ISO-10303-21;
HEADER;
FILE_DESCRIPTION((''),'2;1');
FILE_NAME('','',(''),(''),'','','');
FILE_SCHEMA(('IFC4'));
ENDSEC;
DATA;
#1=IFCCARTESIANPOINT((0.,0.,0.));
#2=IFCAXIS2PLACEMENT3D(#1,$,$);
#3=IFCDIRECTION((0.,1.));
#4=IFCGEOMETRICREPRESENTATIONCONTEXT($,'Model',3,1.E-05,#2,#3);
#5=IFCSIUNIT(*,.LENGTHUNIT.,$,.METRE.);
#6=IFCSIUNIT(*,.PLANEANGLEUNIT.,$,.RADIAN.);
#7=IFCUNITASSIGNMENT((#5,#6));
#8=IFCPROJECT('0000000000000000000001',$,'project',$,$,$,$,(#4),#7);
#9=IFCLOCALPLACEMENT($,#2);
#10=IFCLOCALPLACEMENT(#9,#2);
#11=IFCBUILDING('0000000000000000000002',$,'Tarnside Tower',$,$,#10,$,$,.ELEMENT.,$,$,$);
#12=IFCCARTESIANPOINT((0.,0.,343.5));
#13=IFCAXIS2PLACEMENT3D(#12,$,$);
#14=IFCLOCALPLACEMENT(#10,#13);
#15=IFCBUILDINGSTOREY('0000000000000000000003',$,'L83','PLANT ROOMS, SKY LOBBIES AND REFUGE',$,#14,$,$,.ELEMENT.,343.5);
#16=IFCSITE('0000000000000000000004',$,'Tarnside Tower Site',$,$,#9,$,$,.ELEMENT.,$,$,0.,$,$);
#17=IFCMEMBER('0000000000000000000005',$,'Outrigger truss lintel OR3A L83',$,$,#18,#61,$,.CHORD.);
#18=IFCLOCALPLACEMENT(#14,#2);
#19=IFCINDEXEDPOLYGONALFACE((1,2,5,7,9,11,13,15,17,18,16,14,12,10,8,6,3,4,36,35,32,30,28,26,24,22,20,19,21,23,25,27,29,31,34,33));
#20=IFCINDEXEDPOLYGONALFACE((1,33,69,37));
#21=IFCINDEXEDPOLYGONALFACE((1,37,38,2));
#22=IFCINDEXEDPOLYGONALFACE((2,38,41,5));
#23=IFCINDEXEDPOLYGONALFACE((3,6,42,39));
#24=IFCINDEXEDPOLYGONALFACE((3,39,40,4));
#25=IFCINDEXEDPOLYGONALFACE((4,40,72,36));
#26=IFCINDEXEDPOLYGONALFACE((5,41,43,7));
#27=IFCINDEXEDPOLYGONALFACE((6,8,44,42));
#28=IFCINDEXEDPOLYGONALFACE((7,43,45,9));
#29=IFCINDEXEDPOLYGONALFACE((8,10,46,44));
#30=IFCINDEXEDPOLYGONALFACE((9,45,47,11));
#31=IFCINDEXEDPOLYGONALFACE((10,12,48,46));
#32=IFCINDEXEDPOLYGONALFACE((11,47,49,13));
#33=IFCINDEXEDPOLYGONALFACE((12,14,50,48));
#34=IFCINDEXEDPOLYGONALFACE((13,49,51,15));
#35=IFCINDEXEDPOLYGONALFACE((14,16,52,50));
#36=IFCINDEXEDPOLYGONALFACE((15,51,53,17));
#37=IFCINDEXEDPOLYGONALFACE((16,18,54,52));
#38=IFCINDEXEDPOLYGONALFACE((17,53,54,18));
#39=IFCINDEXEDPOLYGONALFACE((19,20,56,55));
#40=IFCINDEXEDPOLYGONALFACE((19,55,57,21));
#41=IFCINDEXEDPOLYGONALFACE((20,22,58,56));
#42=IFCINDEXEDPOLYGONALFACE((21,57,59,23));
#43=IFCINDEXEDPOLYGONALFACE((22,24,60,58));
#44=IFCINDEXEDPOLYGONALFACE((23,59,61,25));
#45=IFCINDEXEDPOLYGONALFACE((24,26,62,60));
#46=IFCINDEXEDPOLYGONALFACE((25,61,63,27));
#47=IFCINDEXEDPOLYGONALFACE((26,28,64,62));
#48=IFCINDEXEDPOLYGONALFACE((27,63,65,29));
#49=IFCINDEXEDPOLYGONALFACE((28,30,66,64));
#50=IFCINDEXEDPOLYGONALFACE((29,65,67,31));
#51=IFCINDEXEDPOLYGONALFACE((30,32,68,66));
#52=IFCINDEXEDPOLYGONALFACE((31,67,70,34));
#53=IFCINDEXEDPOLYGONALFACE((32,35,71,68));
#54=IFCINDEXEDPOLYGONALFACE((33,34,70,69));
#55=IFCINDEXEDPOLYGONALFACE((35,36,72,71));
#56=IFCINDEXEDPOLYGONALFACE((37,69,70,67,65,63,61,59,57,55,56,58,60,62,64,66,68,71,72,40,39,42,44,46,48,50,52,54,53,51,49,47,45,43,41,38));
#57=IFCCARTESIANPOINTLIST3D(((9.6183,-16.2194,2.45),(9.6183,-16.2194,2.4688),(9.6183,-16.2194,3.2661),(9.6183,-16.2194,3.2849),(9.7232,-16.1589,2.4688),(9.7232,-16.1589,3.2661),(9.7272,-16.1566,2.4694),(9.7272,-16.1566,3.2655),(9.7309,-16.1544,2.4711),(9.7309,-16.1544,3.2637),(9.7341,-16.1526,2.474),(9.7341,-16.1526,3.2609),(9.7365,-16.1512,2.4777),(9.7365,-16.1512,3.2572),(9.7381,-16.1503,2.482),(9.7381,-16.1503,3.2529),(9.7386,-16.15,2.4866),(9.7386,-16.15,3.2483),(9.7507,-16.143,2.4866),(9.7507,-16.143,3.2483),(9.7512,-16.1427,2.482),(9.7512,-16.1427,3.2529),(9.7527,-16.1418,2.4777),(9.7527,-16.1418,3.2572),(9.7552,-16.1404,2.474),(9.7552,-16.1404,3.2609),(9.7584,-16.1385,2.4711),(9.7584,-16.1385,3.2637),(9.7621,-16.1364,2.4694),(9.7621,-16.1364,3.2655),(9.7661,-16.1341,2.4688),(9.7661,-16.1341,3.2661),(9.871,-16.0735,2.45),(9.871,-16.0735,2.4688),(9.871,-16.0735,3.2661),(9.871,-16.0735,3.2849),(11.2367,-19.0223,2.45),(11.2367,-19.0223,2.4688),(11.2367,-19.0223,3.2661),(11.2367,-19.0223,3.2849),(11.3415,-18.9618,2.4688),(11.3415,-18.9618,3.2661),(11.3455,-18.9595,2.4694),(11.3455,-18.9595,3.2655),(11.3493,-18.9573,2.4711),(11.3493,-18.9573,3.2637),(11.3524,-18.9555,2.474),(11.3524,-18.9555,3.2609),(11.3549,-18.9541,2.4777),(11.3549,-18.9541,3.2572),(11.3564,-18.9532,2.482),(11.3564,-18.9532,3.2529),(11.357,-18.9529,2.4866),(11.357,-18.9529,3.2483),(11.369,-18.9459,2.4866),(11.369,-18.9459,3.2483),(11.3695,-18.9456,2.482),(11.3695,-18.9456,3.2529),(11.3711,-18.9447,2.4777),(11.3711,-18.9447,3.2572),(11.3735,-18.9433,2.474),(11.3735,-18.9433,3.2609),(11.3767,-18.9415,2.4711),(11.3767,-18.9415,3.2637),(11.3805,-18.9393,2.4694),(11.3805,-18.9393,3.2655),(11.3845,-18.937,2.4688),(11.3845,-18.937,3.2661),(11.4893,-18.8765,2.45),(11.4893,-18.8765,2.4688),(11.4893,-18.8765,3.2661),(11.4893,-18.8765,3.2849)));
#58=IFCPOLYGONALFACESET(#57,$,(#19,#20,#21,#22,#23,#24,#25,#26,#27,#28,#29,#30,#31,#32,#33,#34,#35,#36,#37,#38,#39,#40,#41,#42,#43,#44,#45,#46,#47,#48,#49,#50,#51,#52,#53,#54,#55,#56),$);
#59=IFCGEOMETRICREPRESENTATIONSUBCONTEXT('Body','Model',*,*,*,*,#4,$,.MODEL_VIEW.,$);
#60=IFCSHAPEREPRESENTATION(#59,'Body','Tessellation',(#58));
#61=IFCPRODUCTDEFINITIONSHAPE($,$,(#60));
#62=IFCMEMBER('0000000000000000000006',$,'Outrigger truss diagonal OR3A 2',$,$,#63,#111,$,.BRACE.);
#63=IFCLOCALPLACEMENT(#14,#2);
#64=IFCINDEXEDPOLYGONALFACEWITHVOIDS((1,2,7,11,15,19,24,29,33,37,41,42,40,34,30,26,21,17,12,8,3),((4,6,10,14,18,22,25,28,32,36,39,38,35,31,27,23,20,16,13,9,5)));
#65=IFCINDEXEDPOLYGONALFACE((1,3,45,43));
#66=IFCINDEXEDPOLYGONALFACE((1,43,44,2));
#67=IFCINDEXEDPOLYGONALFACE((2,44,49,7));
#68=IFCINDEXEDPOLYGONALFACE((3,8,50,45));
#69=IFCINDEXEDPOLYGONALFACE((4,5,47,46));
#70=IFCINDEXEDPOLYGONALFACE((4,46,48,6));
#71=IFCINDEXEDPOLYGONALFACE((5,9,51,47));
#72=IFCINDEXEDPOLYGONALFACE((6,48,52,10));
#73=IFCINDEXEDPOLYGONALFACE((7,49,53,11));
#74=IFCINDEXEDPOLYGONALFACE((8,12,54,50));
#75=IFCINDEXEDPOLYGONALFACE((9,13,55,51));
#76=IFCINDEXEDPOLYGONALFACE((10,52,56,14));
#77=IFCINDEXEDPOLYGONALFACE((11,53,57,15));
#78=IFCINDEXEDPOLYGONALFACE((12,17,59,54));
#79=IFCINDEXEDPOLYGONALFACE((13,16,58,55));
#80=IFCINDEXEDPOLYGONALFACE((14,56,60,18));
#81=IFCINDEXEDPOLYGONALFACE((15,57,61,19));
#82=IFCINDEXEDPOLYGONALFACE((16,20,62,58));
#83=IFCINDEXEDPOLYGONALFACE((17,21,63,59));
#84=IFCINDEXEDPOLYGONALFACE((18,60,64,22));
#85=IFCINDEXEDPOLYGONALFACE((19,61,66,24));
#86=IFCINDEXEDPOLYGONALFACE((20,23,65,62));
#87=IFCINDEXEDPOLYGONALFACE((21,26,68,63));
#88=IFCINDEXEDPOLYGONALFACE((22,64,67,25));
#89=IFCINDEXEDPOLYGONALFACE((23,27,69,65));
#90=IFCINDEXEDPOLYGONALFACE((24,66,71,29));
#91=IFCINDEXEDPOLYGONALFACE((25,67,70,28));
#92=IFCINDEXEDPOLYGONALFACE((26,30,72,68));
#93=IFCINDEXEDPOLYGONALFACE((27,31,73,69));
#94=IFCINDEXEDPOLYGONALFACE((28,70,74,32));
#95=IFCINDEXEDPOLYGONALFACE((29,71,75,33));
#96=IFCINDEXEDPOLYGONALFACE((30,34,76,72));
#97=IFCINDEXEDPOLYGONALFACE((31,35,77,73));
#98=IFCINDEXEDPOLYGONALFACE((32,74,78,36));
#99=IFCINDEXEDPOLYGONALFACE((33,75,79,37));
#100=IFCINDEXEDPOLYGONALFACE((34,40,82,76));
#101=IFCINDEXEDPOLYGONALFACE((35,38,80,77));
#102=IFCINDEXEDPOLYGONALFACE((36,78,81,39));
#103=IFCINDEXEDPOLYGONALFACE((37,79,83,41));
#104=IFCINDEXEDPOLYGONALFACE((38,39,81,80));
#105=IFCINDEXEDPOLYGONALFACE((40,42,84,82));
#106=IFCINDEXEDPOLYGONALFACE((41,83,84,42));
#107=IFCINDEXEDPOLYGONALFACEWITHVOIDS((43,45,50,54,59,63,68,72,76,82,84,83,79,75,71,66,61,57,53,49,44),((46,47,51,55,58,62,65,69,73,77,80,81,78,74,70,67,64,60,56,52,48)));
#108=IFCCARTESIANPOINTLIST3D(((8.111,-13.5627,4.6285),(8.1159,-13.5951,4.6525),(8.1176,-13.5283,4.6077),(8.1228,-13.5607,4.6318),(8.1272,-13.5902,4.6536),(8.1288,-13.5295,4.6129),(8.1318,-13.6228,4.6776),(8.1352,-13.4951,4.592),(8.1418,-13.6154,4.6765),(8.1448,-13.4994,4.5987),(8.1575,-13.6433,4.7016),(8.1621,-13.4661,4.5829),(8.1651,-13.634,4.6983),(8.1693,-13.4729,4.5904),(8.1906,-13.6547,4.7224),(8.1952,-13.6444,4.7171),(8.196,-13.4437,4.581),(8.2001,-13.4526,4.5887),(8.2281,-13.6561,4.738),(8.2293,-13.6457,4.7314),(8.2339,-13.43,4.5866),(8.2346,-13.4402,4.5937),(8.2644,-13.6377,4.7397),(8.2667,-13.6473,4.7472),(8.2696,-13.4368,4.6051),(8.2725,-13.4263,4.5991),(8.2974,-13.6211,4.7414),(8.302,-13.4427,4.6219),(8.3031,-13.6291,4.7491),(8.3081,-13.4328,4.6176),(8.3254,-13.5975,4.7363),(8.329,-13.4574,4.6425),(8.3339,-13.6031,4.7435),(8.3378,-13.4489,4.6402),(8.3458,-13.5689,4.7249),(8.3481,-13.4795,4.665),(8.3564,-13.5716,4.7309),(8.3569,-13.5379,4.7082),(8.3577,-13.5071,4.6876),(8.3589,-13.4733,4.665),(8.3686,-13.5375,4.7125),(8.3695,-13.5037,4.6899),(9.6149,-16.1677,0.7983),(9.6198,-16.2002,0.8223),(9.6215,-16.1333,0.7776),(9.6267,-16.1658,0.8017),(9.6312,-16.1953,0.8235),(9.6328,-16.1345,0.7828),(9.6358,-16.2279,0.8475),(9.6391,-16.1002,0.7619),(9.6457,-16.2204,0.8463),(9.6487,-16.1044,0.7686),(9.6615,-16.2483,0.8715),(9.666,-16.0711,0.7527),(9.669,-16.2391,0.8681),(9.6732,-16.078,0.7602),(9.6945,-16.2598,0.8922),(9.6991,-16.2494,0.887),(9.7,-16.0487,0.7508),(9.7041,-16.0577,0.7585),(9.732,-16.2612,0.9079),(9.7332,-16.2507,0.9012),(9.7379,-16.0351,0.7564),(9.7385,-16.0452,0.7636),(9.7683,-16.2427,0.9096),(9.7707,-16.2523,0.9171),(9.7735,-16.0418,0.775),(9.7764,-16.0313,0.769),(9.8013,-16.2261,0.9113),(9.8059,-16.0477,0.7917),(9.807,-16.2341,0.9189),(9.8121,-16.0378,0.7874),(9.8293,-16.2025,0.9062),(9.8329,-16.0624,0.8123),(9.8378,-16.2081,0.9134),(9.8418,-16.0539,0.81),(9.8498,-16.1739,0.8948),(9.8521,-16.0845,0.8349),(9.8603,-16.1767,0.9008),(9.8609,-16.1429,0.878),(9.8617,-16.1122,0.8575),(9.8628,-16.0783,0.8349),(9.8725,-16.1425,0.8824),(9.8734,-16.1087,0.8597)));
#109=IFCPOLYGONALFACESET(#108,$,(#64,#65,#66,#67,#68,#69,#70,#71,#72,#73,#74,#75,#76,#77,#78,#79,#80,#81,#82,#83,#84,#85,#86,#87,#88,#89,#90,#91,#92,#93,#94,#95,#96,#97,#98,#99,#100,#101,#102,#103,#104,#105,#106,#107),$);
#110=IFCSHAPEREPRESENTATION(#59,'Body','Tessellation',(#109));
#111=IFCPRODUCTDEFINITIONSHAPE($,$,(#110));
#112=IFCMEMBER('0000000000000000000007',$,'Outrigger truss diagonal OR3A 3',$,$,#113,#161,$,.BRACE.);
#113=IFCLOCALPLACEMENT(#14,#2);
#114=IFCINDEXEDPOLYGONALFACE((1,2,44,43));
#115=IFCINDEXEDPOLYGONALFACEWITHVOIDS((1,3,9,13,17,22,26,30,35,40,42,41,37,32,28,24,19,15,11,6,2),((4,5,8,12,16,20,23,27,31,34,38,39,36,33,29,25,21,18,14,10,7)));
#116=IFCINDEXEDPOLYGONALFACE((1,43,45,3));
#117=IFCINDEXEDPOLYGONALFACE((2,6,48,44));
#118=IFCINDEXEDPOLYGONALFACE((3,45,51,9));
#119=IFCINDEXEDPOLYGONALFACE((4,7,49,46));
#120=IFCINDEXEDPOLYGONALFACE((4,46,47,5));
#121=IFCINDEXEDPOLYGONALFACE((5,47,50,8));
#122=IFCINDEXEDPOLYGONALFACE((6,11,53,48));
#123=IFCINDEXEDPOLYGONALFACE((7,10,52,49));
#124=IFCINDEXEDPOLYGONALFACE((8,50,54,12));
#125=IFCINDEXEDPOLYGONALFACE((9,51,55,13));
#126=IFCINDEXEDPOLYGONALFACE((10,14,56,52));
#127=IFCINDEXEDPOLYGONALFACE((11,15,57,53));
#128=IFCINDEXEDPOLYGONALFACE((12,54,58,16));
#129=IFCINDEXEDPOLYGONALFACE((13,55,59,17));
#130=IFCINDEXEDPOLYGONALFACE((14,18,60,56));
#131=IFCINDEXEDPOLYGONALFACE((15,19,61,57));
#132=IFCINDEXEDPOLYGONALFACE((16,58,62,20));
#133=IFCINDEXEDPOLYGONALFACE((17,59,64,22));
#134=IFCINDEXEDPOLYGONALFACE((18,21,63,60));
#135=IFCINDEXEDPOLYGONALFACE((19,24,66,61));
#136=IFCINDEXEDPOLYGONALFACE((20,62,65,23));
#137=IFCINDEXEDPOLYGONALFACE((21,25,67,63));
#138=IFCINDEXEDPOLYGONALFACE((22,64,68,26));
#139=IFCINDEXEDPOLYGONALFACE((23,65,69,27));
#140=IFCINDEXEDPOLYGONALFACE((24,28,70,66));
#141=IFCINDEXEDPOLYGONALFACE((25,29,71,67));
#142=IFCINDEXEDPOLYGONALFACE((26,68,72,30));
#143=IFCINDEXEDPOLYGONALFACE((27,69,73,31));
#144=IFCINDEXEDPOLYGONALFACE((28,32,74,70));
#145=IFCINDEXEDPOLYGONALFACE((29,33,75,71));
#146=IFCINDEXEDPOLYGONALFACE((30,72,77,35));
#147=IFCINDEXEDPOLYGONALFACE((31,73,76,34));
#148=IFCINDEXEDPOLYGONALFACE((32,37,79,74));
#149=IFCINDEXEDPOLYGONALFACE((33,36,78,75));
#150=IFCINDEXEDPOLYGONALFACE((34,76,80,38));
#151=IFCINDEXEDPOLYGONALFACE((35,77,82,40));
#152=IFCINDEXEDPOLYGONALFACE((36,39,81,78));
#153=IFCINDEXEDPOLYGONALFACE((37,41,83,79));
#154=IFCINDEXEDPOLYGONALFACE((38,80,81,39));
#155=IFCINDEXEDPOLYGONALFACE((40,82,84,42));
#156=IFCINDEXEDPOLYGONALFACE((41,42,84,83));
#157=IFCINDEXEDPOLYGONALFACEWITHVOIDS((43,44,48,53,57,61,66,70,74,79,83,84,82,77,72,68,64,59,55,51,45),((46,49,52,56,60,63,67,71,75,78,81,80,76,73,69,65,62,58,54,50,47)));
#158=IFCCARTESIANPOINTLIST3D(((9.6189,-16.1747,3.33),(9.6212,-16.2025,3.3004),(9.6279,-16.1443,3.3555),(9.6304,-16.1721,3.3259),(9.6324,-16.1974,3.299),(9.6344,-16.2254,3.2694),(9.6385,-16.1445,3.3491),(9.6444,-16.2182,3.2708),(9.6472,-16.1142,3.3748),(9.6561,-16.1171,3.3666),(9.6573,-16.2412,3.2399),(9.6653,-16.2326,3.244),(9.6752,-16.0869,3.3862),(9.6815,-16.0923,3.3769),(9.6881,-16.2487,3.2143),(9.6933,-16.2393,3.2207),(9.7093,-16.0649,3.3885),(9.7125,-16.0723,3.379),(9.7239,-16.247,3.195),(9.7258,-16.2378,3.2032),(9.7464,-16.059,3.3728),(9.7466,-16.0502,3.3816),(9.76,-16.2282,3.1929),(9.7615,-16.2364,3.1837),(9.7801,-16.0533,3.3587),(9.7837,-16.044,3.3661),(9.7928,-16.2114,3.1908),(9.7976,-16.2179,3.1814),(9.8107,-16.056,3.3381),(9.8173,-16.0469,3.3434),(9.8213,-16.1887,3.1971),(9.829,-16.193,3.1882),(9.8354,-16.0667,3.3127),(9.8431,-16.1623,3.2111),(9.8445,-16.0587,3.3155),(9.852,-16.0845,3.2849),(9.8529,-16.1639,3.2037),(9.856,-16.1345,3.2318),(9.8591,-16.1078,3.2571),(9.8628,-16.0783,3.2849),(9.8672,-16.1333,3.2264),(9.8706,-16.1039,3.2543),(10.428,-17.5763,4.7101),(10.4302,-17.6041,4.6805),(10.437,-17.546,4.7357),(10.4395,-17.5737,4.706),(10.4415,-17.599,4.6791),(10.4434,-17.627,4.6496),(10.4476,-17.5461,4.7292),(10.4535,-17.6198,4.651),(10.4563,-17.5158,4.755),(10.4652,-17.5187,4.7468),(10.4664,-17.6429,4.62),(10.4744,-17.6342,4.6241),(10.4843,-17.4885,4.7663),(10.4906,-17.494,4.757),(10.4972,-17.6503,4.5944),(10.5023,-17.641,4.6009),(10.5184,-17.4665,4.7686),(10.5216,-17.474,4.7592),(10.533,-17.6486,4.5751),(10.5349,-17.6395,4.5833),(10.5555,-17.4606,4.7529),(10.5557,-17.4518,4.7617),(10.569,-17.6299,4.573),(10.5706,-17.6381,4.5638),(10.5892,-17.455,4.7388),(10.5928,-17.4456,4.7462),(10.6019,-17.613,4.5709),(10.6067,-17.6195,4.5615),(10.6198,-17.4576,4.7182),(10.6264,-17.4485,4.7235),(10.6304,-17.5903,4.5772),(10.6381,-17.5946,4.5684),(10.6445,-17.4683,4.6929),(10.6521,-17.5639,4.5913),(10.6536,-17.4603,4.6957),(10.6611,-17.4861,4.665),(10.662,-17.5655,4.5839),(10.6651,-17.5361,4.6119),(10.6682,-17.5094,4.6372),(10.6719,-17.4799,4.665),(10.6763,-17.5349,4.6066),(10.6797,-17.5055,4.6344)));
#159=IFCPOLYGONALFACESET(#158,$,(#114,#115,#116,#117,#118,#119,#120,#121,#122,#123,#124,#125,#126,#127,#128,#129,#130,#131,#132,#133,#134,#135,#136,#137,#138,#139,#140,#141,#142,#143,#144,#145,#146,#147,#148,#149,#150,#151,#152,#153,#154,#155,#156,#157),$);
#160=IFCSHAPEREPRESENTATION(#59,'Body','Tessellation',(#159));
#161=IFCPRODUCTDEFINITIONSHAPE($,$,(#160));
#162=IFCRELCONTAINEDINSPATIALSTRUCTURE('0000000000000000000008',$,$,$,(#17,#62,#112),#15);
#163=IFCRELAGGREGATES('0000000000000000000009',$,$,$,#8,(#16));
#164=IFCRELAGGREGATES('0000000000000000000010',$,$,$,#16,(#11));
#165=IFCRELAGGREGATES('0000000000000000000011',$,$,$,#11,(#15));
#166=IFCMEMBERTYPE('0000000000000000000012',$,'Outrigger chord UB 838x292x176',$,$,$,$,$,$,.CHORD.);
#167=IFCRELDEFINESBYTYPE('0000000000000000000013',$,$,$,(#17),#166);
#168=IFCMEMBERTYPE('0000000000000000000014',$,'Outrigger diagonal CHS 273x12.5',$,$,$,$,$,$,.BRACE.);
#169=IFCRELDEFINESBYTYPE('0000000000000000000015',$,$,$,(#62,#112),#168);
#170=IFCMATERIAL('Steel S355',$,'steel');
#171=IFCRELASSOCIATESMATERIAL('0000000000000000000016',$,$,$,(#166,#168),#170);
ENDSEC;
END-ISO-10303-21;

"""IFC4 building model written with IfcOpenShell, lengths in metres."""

from ifc_helpers import new_model, si_unit, direction, frame, origin, origin_2d, place, context, subcontext, project, spatial, hollow_circle, i_section, extrude, material, material_profile, profile_set, type_object, element, save


model = new_model("IFC4")

# Units and contexts
model_context = context("Model", 3, precision=1e-05, world=origin(), true_north=direction((0.0, 1.0)))
body_context = subcontext(model_context, "Body", "Model", "MODEL_VIEW")
ifc_project = project(units=[si_unit("LENGTHUNIT", "METRE"), si_unit("PLANEANGLEUNIT", "RADIAN")], contexts=[model_context])

# Site, building, storey
site_placement = place(None, origin())
site = spatial("IfcSite", under=ifc_project, at=site_placement, Name="Tarnside Tower Site", CompositionType="ELEMENT", RefElevation=0.0)
building_placement = place(site_placement, origin())
building = spatial("IfcBuilding", under=site, at=building_placement, Name="Tarnside Tower", CompositionType="ELEMENT")
storey_placement = place(building_placement, frame((0.0, 0.0, 343.5)))
storey = spatial("IfcBuildingStorey", under=building, at=storey_placement, Name="L83", Description="PLANT ROOMS, SKY LOBBIES AND REFUGE", CompositionType="ELEMENT", Elevation=343.5)

# Members
ifc_material = material(Name="Steel S355", Category="steel")
ifc_material_profile_1 = material_profile(ifc_material, i_section(OverallWidth=0.2917, OverallDepth=0.835, WebThickness=0.0139, FlangeThickness=0.0188, FilletRadius=0.0178, at=origin_2d()), Name="UB 838x292x176")
ifc_profile_set_1 = profile_set([ifc_material_profile_1], Name="Steel S355")
member_type_1 = type_object("IfcMemberType", Name="Outrigger chord UB 838x292x176", PredefinedType="CHORD", material=ifc_profile_set_1)
member_1_placement = place(storey_placement, frame((9.7446, -16.1465, 2.8674), z_axis=(0.500025, -0.866011, 0.0), x_axis=(0.866011, 0.500025, 0.0)))
element("IfcMember", 1, at=member_1_placement, inside=storey, type_object=member_type_1, Name="Outrigger truss lintel OR3A L83", PredefinedType="CHORD", context=body_context, shape_type="SweptSolid", body=[
    extrude(i_section(OverallWidth=0.2917, OverallDepth=0.835, WebThickness=0.0139, FlangeThickness=0.0188, FilletRadius=0.0178, at=origin_2d()), origin(), (0.0, 0.0, 1.0), 3.2366),
])
ifc_material_profile_2 = material_profile(ifc_material, hollow_circle(Radius=0.1365, WallThickness=0.0125, at=origin_2d()), Name="CHS 273x12.5")
ifc_profile_set_2 = profile_set([ifc_material_profile_2], Name="Steel S355")
member_type_2 = type_object("IfcMemberType", Name="Outrigger diagonal CHS 273x12.5", PredefinedType="BRACE", material=ifc_profile_set_2)
member_2_placement = place(storey_placement, frame((8.2407, -13.5415, 4.665), z_axis=(0.308809, -0.534901, -0.786459), x_axis=(0.866037, 0.49998, 0.0)))
element("IfcMember", 2, at=member_2_placement, inside=storey, type_object=member_type_2, Name="Outrigger truss diagonal OR3A 2", PredefinedType="BRACE", context=body_context, shape_type="SweptSolid", body=[
    extrude(hollow_circle(Radius=0.1365, WallThickness=0.0125, at=origin_2d()), origin(), (0.0, 0.0, 1.0), 4.8701),
])
member_3_placement = place(storey_placement, frame((9.7446, -16.1465, 3.2849), z_axis=(0.380397, -0.65898, 0.648879), x_axis=(0.866062, 0.499936, 0.0)))
element("IfcMember", 3, at=member_3_placement, inside=storey, type_object=member_type_2, Name="Outrigger truss diagonal OR3A 3", PredefinedType="BRACE", context=body_context, shape_type="SweptSolid", body=[
    extrude(hollow_circle(Radius=0.1365, WallThickness=0.0125, at=origin_2d()), origin(), (0.0, 0.0, 1.0), 2.127),
])

save(model, "model.ifc")
